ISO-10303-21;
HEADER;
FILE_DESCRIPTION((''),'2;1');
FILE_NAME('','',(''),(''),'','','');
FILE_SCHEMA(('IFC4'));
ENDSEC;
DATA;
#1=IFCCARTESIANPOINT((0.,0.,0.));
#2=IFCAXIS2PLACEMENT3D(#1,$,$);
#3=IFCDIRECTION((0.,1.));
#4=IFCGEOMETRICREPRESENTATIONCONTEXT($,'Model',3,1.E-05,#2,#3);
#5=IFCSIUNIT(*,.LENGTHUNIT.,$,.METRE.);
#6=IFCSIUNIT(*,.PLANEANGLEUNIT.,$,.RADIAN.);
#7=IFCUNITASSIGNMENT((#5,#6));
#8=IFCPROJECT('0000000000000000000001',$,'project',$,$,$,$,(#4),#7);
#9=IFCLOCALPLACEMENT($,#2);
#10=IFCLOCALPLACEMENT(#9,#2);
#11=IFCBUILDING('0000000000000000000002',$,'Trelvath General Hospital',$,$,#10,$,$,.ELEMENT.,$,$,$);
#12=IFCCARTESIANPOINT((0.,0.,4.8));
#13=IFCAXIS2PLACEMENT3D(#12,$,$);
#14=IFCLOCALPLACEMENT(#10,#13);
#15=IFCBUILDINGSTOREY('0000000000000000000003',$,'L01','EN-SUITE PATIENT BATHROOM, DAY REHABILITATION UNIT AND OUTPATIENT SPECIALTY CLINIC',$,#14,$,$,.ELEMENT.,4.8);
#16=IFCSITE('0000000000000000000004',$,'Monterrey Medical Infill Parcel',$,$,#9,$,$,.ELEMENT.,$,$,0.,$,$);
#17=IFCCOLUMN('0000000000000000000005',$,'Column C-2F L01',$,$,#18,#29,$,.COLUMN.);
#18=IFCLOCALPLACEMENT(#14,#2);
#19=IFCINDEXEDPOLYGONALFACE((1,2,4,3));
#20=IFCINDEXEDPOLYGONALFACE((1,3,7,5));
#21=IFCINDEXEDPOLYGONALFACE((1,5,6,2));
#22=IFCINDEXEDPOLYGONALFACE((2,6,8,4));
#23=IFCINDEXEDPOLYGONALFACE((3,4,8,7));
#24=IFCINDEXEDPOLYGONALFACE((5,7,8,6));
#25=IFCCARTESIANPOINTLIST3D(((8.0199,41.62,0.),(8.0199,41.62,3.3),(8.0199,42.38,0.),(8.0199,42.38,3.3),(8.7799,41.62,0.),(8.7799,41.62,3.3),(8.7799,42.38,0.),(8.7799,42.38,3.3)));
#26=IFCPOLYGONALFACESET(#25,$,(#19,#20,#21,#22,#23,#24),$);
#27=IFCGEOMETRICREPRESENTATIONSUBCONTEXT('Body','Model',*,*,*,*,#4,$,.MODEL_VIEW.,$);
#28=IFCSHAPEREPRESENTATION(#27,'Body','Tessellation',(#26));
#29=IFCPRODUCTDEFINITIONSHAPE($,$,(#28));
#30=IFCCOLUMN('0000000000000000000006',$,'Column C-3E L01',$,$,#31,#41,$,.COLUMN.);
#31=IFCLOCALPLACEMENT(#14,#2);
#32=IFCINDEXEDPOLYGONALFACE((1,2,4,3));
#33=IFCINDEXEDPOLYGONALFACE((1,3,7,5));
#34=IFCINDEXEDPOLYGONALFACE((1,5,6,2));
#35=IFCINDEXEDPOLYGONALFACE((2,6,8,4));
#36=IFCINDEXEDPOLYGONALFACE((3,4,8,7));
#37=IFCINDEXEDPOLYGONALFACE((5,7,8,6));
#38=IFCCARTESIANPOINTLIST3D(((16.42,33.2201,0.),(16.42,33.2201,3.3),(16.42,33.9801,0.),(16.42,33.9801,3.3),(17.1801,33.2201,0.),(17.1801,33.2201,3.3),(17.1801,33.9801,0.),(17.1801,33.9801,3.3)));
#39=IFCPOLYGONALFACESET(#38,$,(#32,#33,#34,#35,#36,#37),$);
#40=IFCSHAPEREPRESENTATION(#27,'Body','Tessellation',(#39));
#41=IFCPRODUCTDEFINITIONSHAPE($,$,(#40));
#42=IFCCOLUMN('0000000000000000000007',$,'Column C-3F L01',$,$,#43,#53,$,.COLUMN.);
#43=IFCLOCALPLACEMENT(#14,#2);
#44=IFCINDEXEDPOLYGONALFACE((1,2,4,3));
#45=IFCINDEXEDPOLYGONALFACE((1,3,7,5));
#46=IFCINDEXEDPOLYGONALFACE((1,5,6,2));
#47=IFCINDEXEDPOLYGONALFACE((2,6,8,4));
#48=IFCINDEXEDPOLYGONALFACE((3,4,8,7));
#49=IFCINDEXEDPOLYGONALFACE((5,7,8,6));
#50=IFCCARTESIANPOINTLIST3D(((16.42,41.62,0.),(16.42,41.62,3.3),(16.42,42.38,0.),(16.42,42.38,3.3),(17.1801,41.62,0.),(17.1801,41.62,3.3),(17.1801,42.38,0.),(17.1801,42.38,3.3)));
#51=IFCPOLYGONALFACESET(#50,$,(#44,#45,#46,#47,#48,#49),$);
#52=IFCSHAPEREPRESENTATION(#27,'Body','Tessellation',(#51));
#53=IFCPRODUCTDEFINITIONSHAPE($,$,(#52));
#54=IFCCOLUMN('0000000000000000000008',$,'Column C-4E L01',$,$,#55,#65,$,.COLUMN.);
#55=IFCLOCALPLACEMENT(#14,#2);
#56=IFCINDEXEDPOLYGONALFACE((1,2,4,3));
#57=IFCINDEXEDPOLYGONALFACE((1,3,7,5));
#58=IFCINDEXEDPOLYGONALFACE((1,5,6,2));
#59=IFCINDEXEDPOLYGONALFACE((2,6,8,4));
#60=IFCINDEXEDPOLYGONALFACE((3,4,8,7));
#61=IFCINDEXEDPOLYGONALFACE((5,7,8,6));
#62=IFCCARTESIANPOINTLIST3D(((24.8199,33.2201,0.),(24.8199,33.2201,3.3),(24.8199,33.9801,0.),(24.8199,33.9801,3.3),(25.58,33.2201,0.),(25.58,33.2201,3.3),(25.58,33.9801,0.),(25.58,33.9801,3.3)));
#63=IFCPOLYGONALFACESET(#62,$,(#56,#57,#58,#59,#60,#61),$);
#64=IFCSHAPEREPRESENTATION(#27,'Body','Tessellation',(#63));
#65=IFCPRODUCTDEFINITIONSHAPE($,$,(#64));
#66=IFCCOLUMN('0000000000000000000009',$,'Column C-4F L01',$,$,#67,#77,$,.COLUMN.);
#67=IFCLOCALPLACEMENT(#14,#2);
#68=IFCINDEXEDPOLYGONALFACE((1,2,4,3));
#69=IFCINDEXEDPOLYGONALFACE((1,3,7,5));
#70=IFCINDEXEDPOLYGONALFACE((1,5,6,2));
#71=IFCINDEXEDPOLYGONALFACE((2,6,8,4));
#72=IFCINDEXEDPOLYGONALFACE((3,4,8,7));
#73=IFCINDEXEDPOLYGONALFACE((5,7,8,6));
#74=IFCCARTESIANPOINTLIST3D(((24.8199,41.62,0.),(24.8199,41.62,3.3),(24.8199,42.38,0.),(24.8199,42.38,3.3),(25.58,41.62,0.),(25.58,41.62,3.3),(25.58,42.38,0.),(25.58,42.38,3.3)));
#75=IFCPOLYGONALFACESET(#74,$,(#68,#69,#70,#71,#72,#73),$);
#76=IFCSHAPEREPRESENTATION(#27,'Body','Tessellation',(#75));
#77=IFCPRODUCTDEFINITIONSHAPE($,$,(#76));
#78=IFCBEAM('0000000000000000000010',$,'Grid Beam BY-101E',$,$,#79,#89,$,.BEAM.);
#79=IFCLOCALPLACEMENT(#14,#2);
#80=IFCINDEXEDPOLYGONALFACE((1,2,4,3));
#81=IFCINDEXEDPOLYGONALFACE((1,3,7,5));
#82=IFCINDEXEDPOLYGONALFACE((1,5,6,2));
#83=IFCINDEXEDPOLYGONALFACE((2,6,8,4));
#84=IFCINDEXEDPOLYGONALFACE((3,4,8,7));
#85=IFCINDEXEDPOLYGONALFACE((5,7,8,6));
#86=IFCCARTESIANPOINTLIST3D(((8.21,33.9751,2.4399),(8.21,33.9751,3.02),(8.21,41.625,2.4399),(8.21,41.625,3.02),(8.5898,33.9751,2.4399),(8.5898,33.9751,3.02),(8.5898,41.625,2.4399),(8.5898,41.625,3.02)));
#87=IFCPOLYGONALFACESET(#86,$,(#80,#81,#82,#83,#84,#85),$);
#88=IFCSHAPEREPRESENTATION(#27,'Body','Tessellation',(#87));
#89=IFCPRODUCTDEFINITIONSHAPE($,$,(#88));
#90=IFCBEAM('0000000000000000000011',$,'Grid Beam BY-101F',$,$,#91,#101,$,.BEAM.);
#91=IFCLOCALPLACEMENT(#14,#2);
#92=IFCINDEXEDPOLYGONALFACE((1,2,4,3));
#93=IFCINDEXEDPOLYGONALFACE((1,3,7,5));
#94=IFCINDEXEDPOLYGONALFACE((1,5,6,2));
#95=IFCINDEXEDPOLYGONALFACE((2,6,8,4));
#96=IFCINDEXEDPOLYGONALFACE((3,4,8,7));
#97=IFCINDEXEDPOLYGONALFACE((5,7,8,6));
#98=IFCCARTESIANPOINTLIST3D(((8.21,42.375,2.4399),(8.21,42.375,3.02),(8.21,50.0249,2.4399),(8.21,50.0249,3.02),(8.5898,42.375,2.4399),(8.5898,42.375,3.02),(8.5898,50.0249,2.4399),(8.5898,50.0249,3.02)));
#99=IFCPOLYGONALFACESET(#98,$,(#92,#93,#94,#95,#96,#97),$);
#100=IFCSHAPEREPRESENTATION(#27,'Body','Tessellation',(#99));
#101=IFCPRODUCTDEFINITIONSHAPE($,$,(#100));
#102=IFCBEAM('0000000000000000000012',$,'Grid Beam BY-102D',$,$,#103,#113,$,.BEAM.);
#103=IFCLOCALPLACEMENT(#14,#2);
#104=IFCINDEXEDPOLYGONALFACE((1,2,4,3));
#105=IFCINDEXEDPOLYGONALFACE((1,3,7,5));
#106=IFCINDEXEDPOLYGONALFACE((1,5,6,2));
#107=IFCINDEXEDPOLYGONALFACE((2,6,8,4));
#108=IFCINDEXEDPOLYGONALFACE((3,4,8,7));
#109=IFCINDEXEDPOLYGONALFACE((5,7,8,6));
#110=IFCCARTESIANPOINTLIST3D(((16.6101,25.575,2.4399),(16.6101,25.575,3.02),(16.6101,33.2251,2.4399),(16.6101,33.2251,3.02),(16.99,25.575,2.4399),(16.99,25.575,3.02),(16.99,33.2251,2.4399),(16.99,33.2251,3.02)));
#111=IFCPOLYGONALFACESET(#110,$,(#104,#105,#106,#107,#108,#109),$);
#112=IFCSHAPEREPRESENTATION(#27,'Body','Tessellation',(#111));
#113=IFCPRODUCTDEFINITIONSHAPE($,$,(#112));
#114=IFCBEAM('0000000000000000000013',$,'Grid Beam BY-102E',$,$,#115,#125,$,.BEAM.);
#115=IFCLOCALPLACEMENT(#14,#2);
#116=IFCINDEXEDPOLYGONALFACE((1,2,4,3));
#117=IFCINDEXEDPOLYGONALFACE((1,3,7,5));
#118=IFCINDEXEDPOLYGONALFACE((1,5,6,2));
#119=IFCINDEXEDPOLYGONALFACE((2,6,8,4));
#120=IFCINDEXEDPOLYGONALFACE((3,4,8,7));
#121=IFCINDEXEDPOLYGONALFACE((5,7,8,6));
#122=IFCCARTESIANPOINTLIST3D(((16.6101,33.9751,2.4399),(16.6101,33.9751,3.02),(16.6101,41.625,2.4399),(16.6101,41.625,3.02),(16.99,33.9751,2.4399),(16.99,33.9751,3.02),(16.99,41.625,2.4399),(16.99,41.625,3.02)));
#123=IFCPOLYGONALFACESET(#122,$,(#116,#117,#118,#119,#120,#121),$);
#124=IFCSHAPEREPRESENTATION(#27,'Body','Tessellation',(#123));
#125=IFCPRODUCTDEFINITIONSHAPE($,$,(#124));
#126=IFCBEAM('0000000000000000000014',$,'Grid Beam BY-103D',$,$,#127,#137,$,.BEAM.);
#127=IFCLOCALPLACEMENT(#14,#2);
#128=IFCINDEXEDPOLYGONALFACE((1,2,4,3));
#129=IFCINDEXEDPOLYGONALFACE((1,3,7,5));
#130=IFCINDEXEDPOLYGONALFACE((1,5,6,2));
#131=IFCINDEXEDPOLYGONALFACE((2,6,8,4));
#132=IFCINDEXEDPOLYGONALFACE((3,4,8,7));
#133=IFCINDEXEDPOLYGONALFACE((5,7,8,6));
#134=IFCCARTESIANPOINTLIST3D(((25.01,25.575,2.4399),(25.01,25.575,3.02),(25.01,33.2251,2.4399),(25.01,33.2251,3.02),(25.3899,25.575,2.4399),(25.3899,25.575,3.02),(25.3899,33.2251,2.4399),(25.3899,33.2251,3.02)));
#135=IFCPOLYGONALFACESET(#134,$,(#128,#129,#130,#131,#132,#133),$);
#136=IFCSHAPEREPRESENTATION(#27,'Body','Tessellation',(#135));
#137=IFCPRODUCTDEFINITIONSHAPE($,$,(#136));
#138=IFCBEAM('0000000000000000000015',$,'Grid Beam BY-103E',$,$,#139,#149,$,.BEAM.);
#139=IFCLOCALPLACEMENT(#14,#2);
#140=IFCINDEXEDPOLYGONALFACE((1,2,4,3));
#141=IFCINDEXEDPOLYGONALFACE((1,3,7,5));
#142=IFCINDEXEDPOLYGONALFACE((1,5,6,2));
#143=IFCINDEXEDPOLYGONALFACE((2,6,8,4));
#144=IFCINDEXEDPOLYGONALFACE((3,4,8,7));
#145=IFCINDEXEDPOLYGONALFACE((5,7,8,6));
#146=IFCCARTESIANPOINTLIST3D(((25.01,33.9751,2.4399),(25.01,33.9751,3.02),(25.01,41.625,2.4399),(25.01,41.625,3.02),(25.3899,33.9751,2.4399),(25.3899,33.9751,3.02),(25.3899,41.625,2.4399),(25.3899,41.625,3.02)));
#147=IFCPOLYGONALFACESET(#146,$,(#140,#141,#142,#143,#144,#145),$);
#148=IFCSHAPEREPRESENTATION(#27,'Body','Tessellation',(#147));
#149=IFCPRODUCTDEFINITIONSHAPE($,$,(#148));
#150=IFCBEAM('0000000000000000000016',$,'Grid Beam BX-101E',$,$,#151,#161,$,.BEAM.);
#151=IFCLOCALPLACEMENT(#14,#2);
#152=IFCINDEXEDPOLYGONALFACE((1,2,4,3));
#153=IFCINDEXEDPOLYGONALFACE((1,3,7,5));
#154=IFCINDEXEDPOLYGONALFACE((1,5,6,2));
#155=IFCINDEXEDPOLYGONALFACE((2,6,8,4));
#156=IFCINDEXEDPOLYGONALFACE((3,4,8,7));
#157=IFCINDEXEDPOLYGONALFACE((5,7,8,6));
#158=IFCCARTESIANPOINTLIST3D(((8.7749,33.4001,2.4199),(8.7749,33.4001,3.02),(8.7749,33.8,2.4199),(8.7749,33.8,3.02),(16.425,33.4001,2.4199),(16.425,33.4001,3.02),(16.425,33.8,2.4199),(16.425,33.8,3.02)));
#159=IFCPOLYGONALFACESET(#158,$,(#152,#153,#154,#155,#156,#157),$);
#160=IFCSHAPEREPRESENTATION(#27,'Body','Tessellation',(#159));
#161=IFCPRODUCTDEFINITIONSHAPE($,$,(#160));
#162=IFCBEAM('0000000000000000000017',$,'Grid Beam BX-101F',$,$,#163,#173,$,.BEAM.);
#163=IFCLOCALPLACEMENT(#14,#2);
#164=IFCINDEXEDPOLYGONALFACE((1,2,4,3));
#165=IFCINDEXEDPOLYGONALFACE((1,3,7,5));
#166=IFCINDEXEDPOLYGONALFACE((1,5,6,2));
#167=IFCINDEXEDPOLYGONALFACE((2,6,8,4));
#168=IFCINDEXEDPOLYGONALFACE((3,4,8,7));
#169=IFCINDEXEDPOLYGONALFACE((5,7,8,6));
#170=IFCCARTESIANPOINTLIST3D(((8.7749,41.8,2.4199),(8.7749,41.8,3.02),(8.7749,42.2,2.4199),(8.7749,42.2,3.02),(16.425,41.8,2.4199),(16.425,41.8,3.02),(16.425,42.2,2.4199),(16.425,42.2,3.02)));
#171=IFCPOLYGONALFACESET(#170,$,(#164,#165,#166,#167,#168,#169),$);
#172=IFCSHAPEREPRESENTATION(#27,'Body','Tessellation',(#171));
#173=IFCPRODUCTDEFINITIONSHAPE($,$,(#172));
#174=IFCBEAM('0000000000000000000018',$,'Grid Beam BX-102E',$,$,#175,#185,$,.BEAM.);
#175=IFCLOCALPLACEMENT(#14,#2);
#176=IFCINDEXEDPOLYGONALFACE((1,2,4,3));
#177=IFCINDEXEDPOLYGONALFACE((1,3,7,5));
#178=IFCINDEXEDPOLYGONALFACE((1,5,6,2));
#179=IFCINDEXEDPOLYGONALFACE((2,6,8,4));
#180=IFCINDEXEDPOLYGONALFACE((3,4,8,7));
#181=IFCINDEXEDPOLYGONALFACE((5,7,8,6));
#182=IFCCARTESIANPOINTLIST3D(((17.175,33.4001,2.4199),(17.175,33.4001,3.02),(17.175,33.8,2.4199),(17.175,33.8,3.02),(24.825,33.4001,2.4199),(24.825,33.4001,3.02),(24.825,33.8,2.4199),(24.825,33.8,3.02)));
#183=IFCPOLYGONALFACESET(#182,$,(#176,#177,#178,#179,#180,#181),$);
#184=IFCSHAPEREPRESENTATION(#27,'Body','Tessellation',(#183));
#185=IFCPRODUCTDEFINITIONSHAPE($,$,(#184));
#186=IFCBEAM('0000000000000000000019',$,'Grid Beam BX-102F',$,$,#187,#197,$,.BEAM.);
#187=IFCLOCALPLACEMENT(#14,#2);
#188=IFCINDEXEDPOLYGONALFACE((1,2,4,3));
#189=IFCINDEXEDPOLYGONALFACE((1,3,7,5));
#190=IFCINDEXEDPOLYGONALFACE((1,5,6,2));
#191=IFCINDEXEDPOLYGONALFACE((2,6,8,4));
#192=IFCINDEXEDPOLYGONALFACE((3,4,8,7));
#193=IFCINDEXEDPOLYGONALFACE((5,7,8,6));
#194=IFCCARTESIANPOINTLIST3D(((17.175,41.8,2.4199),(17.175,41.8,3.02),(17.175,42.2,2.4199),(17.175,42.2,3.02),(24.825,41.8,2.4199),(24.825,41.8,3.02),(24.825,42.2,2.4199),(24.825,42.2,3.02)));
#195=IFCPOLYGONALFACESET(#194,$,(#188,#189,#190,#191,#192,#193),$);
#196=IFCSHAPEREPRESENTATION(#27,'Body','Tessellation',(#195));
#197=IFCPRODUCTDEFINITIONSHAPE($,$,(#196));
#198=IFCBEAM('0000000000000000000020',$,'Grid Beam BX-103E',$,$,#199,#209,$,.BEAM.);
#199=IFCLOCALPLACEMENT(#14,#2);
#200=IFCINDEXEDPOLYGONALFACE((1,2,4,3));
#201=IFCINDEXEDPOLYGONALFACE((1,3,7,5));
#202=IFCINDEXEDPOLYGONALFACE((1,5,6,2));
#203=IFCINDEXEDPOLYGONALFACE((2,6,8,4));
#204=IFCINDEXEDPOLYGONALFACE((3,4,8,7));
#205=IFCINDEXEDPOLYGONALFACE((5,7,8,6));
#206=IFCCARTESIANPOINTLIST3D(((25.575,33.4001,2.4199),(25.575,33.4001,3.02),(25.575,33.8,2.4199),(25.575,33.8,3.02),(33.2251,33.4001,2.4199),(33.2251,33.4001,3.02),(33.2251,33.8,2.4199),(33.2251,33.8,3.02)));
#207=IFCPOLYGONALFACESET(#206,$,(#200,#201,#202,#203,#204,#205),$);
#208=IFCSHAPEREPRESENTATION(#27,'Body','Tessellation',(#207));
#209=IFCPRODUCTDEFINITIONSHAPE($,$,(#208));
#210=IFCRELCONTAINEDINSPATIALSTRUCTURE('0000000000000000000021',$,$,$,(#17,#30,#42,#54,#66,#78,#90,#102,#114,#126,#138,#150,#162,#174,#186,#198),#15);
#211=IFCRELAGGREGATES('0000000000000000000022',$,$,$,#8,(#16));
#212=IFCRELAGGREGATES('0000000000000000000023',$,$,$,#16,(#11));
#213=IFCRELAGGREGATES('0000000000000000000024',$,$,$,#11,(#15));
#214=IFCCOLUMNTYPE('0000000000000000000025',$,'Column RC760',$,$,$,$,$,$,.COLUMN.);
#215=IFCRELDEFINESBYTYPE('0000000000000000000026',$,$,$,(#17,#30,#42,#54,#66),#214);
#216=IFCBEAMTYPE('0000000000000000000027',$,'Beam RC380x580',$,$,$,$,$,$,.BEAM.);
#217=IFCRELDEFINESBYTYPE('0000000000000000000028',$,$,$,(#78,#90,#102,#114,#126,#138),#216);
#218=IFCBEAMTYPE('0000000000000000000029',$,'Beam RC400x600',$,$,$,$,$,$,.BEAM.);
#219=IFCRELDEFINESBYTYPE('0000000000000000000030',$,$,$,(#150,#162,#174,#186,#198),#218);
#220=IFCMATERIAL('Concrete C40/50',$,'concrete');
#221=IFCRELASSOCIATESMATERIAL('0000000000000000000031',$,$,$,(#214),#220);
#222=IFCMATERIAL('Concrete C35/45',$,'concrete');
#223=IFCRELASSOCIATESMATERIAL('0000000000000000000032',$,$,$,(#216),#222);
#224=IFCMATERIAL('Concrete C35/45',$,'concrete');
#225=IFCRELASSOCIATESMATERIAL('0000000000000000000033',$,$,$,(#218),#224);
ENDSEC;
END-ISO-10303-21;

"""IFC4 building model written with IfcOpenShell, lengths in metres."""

from ifc_helpers import new_model, si_unit, direction, frame, origin, origin_2d, place, context, subcontext, project, spatial, rectangle, extrude, material, material_profile, profile_set, type_object, element, save


model = new_model("IFC4")

# Units and contexts
model_context = context("Model", 3, precision=1e-05, world=origin(), true_north=direction((0.0, 1.0)))
body_context = subcontext(model_context, "Body", "Model", "MODEL_VIEW")
ifc_project = project(units=[si_unit("LENGTHUNIT", "METRE"), si_unit("PLANEANGLEUNIT", "RADIAN")], contexts=[model_context])

# Site, building, storey
site_placement = place(None, origin())
site = spatial("IfcSite", under=ifc_project, at=site_placement, Name="Monterrey Medical Infill Parcel", CompositionType="ELEMENT", RefElevation=0.0)
building_placement = place(site_placement, origin())
building = spatial("IfcBuilding", under=site, at=building_placement, Name="Trelvath General Hospital", CompositionType="ELEMENT")
storey_placement = place(building_placement, frame((0.0, 0.0, 4.8)))
storey = spatial("IfcBuildingStorey", under=building, at=storey_placement, Name="L01", Description="EN-SUITE PATIENT BATHROOM, DAY REHABILITATION UNIT AND OUTPATIENT SPECIALTY CLINIC", CompositionType="ELEMENT", Elevation=4.8)

# Columns
ifc_material_1 = material(Name="Concrete C40/50", Category="concrete")
ifc_material_profile_1 = material_profile(ifc_material_1, rectangle(XDim=0.76, YDim=0.76, at=origin_2d()), Name="RC760x760")
ifc_profile_set_1 = profile_set([ifc_material_profile_1], Name="Concrete C40/50")
column_type = type_object("IfcColumnType", Name="Column RC760", PredefinedType="COLUMN", material=ifc_profile_set_1)
for number, where, z_axis, x_axis, name in (
    (1, (8.3999, 42.0, 0.0), (0.0, 0.0, 1.0), (1.0, 0.0, 0.0), "Column C-2F L01"),
    (2, (16.8, 33.6001, 0.0), (0.0, 0.0, 1.0), (1.0, 0.0, 0.0), "Column C-3E L01"),
    (3, (16.8, 42.0, 0.0), (0.0, 0.0, 1.0), (1.0, 0.0, 0.0), "Column C-3F L01"),
    (4, (25.2, 33.6001, 0.0), (0.0, 0.0, 1.0), (1.0, 0.0, 0.0), "Column C-4E L01"),
    (5, (25.2, 42.0, 0.0), (0.0, 0.0, 1.0), (1.0, 0.0, 0.0), "Column C-4F L01"),
):
    element("IfcColumn", number, at=place(storey_placement, frame(where, z_axis=z_axis, x_axis=x_axis)), inside=storey, type_object=column_type, Name=name, PredefinedType="COLUMN", context=body_context, shape_type="SweptSolid", body=[
        extrude(rectangle(XDim=0.76, YDim=0.76, at=origin_2d()), origin(), (0.0, 0.0, 1.0), 3.3),
    ])

# Beams
ifc_material_2 = material(Name="Concrete C35/45", Category="concrete")
ifc_material_profile_2 = material_profile(ifc_material_2, rectangle(XDim=0.3799, YDim=0.5801, at=origin_2d()), Name="RCB380x580")
ifc_profile_set_2 = profile_set([ifc_material_profile_2], Name="Concrete C35/45")
beam_type_1 = type_object("IfcBeamType", Name="Beam RC380x580", PredefinedType="BEAM", material=ifc_profile_set_2)
for number, where, z_axis, x_axis, name in (
    (6, (8.3999, 33.9751, 2.73), (0.0, 1.0, 0.0), (-1.0, 0.0, 0.0), "Grid Beam BY-101E"),
    (7, (8.3999, 42.375, 2.73), (0.0, 1.0, 0.0), (-1.0, 0.0, 0.0), "Grid Beam BY-101F"),
):
    element("IfcBeam", number, at=place(storey_placement, frame(where, z_axis=z_axis, x_axis=x_axis)), inside=storey, type_object=beam_type_1, Name=name, PredefinedType="BEAM", context=body_context, shape_type="SweptSolid", body=[
        extrude(rectangle(XDim=0.3799, YDim=0.5801, at=origin_2d()), origin(), (0.0, 0.0, 1.0), 7.6499),
    ])
beam_1_placement = place(storey_placement, frame((16.8, 25.575, 2.73), z_axis=(0.0, 1.0, 0.0), x_axis=(-1.0, 0.0, 0.0)))
element("IfcBeam", 8, at=beam_1_placement, inside=storey, type_object=beam_type_1, Name="Grid Beam BY-102D", PredefinedType="BEAM", context=body_context, shape_type="SweptSolid", body=[
    extrude(rectangle(XDim=0.3799, YDim=0.5801, at=origin_2d()), origin(), (0.0, 0.0, 1.0), 7.6501),
])
beam_2_placement = place(storey_placement, frame((16.8, 33.9751, 2.73), z_axis=(0.0, 1.0, 0.0), x_axis=(-1.0, 0.0, 0.0)))
element("IfcBeam", 9, at=beam_2_placement, inside=storey, type_object=beam_type_1, Name="Grid Beam BY-102E", PredefinedType="BEAM", context=body_context, shape_type="SweptSolid", body=[
    extrude(rectangle(XDim=0.3799, YDim=0.5801, at=origin_2d()), origin(), (0.0, 0.0, 1.0), 7.6499),
])
beam_3_placement = place(storey_placement, frame((25.2, 25.575, 2.73), z_axis=(0.0, 1.0, 0.0), x_axis=(-1.0, 0.0, 0.0)))
element("IfcBeam", 10, at=beam_3_placement, inside=storey, type_object=beam_type_1, Name="Grid Beam BY-103D", PredefinedType="BEAM", context=body_context, shape_type="SweptSolid", body=[
    extrude(rectangle(XDim=0.3799, YDim=0.5801, at=origin_2d()), origin(), (0.0, 0.0, 1.0), 7.6501),
])
beam_4_placement = place(storey_placement, frame((25.2, 33.9751, 2.73), z_axis=(0.0, 1.0, 0.0), x_axis=(-1.0, 0.0, 0.0)))
element("IfcBeam", 11, at=beam_4_placement, inside=storey, type_object=beam_type_1, Name="Grid Beam BY-103E", PredefinedType="BEAM", context=body_context, shape_type="SweptSolid", body=[
    extrude(rectangle(XDim=0.3799, YDim=0.5801, at=origin_2d()), origin(), (0.0, 0.0, 1.0), 7.6499),
])
ifc_material_3 = material(Name="Concrete C35/45", Category="concrete")
ifc_material_profile_3 = material_profile(ifc_material_3, rectangle(XDim=0.3999, YDim=0.6001, at=origin_2d()), Name="RCB400x600")
ifc_profile_set_3 = profile_set([ifc_material_profile_3], Name="Concrete C35/45")
beam_type_2 = type_object("IfcBeamType", Name="Beam RC400x600", PredefinedType="BEAM", material=ifc_profile_set_3)
for number, where, z_axis, x_axis, name in (
    (12, (8.7749, 33.6001, 2.72), (1.0, 0.0, 0.0), (0.0, 1.0, 0.0), "Grid Beam BX-101E"),
    (13, (8.7749, 42.0, 2.72), (1.0, 0.0, 0.0), (0.0, 1.0, 0.0), "Grid Beam BX-101F"),
):
    element("IfcBeam", number, at=place(storey_placement, frame(where, z_axis=z_axis, x_axis=x_axis)), inside=storey, type_object=beam_type_2, Name=name, PredefinedType="BEAM", context=body_context, shape_type="SweptSolid", body=[
        extrude(rectangle(XDim=0.3999, YDim=0.6001, at=origin_2d()), origin(), (0.0, 0.0, 1.0), 7.6501),
    ])
for number, where, z_axis, x_axis, name in (
    (14, (17.175, 33.6001, 2.72), (1.0, 0.0, 0.0), (0.0, 1.0, 0.0), "Grid Beam BX-102E"),
    (15, (17.175, 42.0, 2.72), (1.0, 0.0, 0.0), (0.0, 1.0, 0.0), "Grid Beam BX-102F"),
):
    element("IfcBeam", number, at=place(storey_placement, frame(where, z_axis=z_axis, x_axis=x_axis)), inside=storey, type_object=beam_type_2, Name=name, PredefinedType="BEAM", context=body_context, shape_type="SweptSolid", body=[
        extrude(rectangle(XDim=0.3999, YDim=0.6001, at=origin_2d()), origin(), (0.0, 0.0, 1.0), 7.6499),
    ])
beam_5_placement = place(storey_placement, frame((25.575, 33.6001, 2.72), z_axis=(1.0, 0.0, 0.0), x_axis=(0.0, 1.0, 0.0)))
element("IfcBeam", 16, at=beam_5_placement, inside=storey, type_object=beam_type_2, Name="Grid Beam BX-103E", PredefinedType="BEAM", context=body_context, shape_type="SweptSolid", body=[
    extrude(rectangle(XDim=0.3999, YDim=0.6001, at=origin_2d()), origin(), (0.0, 0.0, 1.0), 7.6501),
])

save(model, "model.ifc")
